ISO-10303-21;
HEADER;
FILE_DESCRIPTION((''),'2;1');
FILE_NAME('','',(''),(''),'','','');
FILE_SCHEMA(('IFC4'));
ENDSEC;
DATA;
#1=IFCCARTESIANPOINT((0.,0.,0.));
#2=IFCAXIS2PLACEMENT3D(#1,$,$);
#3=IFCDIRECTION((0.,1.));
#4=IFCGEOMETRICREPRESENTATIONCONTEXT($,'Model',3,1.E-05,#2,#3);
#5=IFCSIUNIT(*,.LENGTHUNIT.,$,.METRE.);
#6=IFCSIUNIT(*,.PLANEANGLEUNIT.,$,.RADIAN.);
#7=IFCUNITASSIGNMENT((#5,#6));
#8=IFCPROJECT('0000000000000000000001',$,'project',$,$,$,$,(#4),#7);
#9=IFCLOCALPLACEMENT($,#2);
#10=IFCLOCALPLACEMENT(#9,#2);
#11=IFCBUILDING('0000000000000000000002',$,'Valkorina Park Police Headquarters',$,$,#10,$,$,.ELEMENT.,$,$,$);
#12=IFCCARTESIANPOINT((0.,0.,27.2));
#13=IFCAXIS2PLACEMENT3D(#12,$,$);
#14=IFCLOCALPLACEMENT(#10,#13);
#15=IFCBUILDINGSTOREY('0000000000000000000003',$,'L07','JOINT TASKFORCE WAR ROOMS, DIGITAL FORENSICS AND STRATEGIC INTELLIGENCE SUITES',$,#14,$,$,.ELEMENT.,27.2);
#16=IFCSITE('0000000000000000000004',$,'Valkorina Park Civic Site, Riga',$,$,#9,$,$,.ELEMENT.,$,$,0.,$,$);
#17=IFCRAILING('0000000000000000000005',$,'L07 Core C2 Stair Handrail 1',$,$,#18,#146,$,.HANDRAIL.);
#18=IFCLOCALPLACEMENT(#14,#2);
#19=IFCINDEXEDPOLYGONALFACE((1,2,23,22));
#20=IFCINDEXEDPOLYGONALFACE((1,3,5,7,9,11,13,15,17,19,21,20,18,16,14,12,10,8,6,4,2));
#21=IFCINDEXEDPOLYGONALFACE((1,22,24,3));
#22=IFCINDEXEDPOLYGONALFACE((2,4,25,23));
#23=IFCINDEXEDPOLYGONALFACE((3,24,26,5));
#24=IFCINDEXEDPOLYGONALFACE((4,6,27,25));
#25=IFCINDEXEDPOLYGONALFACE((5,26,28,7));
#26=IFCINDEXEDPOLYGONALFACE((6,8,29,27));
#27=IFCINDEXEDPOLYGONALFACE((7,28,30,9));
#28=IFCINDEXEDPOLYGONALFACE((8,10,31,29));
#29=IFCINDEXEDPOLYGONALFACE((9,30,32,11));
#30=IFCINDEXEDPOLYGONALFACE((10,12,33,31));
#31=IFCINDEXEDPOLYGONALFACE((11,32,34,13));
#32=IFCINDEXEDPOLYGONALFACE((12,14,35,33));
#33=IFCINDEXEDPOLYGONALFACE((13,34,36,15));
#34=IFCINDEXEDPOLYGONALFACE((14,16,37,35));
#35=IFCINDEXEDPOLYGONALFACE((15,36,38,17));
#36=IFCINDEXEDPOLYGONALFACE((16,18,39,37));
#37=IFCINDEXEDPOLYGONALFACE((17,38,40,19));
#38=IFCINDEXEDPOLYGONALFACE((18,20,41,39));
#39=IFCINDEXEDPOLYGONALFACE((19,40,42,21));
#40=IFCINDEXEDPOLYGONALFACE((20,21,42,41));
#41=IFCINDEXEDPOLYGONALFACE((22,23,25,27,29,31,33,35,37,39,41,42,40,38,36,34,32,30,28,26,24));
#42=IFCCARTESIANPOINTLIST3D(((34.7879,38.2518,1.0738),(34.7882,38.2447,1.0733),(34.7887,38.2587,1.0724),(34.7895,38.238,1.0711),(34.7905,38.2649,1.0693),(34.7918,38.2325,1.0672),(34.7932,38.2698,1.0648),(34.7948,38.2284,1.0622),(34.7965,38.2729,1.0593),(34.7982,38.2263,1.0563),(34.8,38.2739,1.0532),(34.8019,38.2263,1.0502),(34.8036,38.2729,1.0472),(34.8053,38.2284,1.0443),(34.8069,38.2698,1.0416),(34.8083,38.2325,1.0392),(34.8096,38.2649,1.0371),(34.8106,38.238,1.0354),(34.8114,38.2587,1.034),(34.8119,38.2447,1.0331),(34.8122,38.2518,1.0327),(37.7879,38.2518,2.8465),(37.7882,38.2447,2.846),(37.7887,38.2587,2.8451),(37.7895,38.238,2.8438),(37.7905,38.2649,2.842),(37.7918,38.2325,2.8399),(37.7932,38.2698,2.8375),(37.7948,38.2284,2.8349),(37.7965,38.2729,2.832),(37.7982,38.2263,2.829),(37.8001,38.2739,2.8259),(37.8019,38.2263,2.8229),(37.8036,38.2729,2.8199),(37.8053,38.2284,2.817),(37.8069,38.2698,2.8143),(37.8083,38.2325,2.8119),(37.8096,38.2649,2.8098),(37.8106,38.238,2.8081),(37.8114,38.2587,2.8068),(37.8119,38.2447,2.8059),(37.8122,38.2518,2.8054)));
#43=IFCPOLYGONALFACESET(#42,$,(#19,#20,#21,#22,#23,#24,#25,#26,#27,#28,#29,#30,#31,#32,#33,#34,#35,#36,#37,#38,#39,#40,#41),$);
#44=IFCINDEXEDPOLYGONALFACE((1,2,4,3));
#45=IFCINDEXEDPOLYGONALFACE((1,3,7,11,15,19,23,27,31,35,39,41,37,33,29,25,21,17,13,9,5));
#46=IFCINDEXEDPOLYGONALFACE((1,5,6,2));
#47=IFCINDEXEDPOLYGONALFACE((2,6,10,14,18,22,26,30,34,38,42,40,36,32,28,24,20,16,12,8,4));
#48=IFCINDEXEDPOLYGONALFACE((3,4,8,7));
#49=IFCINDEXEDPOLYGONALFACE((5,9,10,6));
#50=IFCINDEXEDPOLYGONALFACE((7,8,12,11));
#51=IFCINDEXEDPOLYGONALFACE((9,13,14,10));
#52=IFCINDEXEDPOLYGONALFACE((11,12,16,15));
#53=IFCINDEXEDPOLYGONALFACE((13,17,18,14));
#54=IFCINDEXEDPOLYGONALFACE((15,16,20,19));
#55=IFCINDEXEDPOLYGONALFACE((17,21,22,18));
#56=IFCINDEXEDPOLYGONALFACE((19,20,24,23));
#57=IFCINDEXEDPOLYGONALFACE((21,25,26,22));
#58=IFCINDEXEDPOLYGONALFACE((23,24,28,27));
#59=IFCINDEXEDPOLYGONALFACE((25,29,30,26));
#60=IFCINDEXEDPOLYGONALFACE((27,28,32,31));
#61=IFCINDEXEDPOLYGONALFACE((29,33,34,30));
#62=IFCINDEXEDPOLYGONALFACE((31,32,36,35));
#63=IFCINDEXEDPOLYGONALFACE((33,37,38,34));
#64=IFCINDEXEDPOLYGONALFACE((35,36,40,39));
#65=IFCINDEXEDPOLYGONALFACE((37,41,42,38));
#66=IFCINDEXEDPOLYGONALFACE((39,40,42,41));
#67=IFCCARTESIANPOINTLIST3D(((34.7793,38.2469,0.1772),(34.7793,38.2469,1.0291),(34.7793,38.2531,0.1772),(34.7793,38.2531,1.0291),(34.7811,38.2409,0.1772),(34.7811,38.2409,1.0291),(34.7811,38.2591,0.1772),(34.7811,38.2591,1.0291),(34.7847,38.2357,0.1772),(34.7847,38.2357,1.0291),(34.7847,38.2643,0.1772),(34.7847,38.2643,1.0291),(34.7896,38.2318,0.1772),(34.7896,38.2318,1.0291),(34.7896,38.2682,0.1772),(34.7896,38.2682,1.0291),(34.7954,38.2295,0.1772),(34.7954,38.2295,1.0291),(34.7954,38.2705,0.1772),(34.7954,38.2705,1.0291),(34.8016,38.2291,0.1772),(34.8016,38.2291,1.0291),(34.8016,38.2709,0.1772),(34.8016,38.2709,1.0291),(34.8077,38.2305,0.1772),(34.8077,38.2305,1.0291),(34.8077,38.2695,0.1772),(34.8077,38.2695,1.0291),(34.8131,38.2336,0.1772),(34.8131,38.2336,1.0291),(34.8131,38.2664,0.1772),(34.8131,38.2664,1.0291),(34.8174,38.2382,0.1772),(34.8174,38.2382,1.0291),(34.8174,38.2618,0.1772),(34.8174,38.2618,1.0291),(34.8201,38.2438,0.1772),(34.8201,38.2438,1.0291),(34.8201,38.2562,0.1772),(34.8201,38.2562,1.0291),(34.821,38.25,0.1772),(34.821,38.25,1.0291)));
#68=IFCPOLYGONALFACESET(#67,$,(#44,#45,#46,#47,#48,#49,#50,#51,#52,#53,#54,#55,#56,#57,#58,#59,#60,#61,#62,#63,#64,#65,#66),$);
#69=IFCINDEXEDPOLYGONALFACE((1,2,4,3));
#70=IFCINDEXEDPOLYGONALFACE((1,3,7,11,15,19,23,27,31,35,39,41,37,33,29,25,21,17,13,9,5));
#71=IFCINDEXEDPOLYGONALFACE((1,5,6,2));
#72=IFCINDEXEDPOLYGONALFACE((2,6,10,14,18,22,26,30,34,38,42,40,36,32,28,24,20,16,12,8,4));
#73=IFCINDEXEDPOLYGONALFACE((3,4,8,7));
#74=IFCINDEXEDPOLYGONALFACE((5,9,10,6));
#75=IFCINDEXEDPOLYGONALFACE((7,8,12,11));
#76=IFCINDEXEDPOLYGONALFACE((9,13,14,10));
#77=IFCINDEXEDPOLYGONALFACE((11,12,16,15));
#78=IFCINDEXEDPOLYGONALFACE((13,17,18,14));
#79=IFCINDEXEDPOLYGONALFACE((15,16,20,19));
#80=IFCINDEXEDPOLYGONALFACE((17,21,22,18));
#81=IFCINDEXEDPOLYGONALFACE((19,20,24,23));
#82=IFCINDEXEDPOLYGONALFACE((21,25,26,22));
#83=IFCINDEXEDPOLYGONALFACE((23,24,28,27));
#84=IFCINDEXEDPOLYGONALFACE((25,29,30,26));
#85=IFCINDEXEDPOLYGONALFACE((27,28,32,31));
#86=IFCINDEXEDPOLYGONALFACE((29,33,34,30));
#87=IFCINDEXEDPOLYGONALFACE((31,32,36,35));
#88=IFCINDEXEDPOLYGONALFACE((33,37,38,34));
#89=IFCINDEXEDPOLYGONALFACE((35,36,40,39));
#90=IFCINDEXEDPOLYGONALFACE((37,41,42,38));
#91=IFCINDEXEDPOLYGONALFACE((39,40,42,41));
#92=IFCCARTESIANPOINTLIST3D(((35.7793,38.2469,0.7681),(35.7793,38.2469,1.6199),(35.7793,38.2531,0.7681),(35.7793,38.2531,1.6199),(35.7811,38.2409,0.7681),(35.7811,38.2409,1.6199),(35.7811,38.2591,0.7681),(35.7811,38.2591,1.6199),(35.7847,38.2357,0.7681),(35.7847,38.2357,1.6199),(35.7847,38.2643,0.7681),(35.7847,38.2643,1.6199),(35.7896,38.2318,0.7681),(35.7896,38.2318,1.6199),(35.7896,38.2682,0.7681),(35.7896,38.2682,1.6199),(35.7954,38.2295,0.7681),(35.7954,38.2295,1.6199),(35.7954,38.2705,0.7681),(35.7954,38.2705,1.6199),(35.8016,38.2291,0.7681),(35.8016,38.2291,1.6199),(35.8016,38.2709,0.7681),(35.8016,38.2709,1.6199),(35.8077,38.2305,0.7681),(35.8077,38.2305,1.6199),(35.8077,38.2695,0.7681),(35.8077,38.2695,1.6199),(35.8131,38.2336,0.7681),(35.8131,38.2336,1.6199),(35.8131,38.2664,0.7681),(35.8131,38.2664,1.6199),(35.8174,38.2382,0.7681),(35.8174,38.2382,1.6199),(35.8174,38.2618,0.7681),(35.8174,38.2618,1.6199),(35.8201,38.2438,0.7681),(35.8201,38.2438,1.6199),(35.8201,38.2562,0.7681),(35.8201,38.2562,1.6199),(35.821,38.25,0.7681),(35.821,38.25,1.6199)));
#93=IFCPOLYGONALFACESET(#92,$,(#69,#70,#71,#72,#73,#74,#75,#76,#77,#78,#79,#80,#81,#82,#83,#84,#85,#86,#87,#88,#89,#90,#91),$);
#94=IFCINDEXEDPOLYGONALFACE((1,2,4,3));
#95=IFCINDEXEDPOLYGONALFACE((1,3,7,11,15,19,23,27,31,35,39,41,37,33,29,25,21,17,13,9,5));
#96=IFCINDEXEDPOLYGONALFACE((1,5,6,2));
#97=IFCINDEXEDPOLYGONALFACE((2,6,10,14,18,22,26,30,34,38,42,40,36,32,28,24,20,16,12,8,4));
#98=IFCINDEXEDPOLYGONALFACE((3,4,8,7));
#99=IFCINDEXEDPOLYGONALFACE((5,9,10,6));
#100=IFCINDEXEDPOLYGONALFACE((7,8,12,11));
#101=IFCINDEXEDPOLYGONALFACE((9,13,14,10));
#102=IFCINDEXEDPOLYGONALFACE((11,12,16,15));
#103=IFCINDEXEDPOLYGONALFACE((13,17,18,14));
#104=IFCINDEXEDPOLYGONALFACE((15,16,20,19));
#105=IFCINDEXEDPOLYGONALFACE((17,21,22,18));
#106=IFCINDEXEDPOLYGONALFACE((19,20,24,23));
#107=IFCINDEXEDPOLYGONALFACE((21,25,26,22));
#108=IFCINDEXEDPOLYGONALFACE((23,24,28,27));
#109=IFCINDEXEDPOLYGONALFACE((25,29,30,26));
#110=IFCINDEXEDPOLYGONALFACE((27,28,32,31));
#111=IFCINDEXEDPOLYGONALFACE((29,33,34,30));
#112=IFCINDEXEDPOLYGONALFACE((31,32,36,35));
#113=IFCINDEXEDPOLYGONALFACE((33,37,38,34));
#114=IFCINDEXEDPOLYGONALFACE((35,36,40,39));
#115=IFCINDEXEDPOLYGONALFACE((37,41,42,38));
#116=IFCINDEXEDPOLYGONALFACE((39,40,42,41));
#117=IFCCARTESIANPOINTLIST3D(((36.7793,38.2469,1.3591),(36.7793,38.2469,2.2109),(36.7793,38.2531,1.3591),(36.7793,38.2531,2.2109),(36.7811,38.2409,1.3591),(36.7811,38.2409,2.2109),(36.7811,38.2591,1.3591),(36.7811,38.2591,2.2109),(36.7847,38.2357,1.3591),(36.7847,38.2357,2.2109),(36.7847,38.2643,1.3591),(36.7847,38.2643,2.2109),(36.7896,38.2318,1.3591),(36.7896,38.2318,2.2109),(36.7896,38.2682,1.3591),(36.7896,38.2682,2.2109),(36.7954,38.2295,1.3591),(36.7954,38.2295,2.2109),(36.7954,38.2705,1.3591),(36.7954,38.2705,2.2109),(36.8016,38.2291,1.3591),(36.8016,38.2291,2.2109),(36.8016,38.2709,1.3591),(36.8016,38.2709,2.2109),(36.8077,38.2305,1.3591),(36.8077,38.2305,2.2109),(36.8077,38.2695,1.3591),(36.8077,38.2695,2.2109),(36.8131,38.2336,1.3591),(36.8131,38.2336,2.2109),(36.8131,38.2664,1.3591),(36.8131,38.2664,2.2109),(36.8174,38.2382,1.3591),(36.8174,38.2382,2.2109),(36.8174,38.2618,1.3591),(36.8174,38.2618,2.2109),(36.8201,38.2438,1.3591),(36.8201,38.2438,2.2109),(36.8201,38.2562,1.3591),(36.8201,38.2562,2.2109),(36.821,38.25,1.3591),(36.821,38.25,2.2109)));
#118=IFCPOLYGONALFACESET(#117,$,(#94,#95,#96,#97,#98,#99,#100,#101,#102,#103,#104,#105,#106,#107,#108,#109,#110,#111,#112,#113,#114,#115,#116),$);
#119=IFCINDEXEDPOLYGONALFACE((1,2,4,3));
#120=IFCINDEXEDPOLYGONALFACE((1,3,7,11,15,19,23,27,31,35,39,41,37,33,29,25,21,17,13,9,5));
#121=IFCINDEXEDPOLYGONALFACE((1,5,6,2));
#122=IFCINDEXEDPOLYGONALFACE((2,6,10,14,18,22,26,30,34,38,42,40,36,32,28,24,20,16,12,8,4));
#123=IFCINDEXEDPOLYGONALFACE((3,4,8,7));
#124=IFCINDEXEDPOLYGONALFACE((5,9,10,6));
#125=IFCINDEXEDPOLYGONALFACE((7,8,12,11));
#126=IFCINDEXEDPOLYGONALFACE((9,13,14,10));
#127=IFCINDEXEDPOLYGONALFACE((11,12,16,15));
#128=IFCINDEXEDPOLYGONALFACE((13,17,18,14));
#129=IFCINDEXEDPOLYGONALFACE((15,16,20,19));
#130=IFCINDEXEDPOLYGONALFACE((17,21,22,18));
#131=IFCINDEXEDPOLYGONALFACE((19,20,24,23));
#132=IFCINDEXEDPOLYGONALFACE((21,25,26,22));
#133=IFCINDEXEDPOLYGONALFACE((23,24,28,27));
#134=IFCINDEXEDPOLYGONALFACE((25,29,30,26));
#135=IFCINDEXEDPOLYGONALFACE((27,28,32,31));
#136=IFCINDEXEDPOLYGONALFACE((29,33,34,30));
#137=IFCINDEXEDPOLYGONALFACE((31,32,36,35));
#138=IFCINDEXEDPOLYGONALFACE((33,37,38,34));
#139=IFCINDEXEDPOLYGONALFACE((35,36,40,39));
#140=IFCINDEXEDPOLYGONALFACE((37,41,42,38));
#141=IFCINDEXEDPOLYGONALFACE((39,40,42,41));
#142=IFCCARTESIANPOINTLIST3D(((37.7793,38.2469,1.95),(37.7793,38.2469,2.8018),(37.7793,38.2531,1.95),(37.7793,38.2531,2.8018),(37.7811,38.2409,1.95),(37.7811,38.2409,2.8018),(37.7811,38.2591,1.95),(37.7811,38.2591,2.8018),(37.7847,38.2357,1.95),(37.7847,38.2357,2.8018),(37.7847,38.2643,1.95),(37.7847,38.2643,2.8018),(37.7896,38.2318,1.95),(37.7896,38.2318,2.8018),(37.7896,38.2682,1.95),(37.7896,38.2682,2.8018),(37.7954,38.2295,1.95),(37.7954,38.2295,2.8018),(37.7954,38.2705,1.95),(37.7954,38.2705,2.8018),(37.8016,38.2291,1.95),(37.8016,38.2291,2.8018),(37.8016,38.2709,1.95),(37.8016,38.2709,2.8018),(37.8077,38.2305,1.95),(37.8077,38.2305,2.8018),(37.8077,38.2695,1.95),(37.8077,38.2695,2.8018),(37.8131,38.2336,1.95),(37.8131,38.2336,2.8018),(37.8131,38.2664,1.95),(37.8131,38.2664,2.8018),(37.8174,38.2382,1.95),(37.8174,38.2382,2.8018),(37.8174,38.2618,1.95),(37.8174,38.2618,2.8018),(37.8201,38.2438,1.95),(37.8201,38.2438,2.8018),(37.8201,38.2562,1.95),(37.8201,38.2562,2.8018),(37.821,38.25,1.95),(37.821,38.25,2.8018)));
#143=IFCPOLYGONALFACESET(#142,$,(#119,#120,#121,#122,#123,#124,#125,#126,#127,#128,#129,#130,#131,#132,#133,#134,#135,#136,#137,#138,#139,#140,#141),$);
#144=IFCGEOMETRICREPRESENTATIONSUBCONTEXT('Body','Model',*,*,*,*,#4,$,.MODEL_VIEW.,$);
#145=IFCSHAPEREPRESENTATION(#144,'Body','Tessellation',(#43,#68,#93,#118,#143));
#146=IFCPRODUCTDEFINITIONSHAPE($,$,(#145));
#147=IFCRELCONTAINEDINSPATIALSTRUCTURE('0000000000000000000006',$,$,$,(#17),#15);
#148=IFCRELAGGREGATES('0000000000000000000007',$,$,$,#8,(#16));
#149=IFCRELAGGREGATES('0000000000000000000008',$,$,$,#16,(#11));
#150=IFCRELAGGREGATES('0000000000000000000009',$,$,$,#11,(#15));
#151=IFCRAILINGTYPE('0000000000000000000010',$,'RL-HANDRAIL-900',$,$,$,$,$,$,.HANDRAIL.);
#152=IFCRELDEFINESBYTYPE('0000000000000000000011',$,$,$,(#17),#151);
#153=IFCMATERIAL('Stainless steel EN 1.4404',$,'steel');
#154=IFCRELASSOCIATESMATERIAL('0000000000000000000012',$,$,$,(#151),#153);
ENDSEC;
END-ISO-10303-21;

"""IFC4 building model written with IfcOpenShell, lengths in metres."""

from ifc_helpers import new_model, si_unit, direction, frame, origin, origin_2d, place, context, subcontext, project, spatial, circle, extrude, material, type_object, element, save


model = new_model("IFC4")

# Units and contexts
model_context = context("Model", 3, precision=1e-05, world=origin(), true_north=direction((0.0, 1.0)))
body_context = subcontext(model_context, "Body", "Model", "MODEL_VIEW")
ifc_project = project(units=[si_unit("LENGTHUNIT", "METRE"), si_unit("PLANEANGLEUNIT", "RADIAN")], contexts=[model_context])

# Site, building, storey
site_placement = place(None, origin())
site = spatial("IfcSite", under=ifc_project, at=site_placement, Name="Valkorina Park Civic Site, Riga", CompositionType="ELEMENT", RefElevation=0.0)
building_placement = place(site_placement, origin())
building = spatial("IfcBuilding", under=site, at=building_placement, Name="Valkorina Park Police Headquarters", CompositionType="ELEMENT")
storey_placement = place(building_placement, frame((0.0, 0.0, 27.2)))
storey = spatial("IfcBuildingStorey", under=building, at=storey_placement, Name="L07", Description="JOINT TASKFORCE WAR ROOMS, DIGITAL FORENSICS AND STRATEGIC INTELLIGENCE SUITES", CompositionType="ELEMENT", Elevation=27.2)

# Railing
ifc_material_1 = material(Name="Stainless steel EN 1.4404", Category="steel")
railing_type_1 = type_object("IfcRailingType", Name="RL-HANDRAIL-900", PredefinedType="HANDRAIL", material=ifc_material_1)
railing_1_placement = place(storey_placement, frame((34.8, 38.25, 0.1772)))
element("IfcRailing", 1, at=railing_1_placement, inside=storey, type_object=railing_type_1, Name="L07 Core C2 Stair Handrail 1", PredefinedType="HANDRAIL", context=body_context, shape_type="SweptSolid", body=[
    extrude(circle(Radius=0.0239, at=origin_2d()), frame((0.0, 0.0, 0.876), z_axis=(0.860929, 0.0, 0.508725), x_axis=(0.0, 1.0, 0.0)), (0.0, 0.0, 1.0), 3.4846),
    extrude(circle(Radius=0.021, at=origin_2d()), origin(), (0.0, 0.0, 1.0), 0.8518),
    extrude(circle(Radius=0.021, at=origin_2d()), frame((1.0, 0.0, 0.5908)), (0.0, 0.0, 1.0), 0.8518),
    extrude(circle(Radius=0.021, at=origin_2d()), frame((2.0, 0.0, 1.1819)), (0.0, 0.0, 1.0), 0.8518),
    extrude(circle(Radius=0.021, at=origin_2d()), frame((3.0, 0.0, 1.7727)), (0.0, 0.0, 1.0), 0.8518),
])

save(model, "model.ifc")
